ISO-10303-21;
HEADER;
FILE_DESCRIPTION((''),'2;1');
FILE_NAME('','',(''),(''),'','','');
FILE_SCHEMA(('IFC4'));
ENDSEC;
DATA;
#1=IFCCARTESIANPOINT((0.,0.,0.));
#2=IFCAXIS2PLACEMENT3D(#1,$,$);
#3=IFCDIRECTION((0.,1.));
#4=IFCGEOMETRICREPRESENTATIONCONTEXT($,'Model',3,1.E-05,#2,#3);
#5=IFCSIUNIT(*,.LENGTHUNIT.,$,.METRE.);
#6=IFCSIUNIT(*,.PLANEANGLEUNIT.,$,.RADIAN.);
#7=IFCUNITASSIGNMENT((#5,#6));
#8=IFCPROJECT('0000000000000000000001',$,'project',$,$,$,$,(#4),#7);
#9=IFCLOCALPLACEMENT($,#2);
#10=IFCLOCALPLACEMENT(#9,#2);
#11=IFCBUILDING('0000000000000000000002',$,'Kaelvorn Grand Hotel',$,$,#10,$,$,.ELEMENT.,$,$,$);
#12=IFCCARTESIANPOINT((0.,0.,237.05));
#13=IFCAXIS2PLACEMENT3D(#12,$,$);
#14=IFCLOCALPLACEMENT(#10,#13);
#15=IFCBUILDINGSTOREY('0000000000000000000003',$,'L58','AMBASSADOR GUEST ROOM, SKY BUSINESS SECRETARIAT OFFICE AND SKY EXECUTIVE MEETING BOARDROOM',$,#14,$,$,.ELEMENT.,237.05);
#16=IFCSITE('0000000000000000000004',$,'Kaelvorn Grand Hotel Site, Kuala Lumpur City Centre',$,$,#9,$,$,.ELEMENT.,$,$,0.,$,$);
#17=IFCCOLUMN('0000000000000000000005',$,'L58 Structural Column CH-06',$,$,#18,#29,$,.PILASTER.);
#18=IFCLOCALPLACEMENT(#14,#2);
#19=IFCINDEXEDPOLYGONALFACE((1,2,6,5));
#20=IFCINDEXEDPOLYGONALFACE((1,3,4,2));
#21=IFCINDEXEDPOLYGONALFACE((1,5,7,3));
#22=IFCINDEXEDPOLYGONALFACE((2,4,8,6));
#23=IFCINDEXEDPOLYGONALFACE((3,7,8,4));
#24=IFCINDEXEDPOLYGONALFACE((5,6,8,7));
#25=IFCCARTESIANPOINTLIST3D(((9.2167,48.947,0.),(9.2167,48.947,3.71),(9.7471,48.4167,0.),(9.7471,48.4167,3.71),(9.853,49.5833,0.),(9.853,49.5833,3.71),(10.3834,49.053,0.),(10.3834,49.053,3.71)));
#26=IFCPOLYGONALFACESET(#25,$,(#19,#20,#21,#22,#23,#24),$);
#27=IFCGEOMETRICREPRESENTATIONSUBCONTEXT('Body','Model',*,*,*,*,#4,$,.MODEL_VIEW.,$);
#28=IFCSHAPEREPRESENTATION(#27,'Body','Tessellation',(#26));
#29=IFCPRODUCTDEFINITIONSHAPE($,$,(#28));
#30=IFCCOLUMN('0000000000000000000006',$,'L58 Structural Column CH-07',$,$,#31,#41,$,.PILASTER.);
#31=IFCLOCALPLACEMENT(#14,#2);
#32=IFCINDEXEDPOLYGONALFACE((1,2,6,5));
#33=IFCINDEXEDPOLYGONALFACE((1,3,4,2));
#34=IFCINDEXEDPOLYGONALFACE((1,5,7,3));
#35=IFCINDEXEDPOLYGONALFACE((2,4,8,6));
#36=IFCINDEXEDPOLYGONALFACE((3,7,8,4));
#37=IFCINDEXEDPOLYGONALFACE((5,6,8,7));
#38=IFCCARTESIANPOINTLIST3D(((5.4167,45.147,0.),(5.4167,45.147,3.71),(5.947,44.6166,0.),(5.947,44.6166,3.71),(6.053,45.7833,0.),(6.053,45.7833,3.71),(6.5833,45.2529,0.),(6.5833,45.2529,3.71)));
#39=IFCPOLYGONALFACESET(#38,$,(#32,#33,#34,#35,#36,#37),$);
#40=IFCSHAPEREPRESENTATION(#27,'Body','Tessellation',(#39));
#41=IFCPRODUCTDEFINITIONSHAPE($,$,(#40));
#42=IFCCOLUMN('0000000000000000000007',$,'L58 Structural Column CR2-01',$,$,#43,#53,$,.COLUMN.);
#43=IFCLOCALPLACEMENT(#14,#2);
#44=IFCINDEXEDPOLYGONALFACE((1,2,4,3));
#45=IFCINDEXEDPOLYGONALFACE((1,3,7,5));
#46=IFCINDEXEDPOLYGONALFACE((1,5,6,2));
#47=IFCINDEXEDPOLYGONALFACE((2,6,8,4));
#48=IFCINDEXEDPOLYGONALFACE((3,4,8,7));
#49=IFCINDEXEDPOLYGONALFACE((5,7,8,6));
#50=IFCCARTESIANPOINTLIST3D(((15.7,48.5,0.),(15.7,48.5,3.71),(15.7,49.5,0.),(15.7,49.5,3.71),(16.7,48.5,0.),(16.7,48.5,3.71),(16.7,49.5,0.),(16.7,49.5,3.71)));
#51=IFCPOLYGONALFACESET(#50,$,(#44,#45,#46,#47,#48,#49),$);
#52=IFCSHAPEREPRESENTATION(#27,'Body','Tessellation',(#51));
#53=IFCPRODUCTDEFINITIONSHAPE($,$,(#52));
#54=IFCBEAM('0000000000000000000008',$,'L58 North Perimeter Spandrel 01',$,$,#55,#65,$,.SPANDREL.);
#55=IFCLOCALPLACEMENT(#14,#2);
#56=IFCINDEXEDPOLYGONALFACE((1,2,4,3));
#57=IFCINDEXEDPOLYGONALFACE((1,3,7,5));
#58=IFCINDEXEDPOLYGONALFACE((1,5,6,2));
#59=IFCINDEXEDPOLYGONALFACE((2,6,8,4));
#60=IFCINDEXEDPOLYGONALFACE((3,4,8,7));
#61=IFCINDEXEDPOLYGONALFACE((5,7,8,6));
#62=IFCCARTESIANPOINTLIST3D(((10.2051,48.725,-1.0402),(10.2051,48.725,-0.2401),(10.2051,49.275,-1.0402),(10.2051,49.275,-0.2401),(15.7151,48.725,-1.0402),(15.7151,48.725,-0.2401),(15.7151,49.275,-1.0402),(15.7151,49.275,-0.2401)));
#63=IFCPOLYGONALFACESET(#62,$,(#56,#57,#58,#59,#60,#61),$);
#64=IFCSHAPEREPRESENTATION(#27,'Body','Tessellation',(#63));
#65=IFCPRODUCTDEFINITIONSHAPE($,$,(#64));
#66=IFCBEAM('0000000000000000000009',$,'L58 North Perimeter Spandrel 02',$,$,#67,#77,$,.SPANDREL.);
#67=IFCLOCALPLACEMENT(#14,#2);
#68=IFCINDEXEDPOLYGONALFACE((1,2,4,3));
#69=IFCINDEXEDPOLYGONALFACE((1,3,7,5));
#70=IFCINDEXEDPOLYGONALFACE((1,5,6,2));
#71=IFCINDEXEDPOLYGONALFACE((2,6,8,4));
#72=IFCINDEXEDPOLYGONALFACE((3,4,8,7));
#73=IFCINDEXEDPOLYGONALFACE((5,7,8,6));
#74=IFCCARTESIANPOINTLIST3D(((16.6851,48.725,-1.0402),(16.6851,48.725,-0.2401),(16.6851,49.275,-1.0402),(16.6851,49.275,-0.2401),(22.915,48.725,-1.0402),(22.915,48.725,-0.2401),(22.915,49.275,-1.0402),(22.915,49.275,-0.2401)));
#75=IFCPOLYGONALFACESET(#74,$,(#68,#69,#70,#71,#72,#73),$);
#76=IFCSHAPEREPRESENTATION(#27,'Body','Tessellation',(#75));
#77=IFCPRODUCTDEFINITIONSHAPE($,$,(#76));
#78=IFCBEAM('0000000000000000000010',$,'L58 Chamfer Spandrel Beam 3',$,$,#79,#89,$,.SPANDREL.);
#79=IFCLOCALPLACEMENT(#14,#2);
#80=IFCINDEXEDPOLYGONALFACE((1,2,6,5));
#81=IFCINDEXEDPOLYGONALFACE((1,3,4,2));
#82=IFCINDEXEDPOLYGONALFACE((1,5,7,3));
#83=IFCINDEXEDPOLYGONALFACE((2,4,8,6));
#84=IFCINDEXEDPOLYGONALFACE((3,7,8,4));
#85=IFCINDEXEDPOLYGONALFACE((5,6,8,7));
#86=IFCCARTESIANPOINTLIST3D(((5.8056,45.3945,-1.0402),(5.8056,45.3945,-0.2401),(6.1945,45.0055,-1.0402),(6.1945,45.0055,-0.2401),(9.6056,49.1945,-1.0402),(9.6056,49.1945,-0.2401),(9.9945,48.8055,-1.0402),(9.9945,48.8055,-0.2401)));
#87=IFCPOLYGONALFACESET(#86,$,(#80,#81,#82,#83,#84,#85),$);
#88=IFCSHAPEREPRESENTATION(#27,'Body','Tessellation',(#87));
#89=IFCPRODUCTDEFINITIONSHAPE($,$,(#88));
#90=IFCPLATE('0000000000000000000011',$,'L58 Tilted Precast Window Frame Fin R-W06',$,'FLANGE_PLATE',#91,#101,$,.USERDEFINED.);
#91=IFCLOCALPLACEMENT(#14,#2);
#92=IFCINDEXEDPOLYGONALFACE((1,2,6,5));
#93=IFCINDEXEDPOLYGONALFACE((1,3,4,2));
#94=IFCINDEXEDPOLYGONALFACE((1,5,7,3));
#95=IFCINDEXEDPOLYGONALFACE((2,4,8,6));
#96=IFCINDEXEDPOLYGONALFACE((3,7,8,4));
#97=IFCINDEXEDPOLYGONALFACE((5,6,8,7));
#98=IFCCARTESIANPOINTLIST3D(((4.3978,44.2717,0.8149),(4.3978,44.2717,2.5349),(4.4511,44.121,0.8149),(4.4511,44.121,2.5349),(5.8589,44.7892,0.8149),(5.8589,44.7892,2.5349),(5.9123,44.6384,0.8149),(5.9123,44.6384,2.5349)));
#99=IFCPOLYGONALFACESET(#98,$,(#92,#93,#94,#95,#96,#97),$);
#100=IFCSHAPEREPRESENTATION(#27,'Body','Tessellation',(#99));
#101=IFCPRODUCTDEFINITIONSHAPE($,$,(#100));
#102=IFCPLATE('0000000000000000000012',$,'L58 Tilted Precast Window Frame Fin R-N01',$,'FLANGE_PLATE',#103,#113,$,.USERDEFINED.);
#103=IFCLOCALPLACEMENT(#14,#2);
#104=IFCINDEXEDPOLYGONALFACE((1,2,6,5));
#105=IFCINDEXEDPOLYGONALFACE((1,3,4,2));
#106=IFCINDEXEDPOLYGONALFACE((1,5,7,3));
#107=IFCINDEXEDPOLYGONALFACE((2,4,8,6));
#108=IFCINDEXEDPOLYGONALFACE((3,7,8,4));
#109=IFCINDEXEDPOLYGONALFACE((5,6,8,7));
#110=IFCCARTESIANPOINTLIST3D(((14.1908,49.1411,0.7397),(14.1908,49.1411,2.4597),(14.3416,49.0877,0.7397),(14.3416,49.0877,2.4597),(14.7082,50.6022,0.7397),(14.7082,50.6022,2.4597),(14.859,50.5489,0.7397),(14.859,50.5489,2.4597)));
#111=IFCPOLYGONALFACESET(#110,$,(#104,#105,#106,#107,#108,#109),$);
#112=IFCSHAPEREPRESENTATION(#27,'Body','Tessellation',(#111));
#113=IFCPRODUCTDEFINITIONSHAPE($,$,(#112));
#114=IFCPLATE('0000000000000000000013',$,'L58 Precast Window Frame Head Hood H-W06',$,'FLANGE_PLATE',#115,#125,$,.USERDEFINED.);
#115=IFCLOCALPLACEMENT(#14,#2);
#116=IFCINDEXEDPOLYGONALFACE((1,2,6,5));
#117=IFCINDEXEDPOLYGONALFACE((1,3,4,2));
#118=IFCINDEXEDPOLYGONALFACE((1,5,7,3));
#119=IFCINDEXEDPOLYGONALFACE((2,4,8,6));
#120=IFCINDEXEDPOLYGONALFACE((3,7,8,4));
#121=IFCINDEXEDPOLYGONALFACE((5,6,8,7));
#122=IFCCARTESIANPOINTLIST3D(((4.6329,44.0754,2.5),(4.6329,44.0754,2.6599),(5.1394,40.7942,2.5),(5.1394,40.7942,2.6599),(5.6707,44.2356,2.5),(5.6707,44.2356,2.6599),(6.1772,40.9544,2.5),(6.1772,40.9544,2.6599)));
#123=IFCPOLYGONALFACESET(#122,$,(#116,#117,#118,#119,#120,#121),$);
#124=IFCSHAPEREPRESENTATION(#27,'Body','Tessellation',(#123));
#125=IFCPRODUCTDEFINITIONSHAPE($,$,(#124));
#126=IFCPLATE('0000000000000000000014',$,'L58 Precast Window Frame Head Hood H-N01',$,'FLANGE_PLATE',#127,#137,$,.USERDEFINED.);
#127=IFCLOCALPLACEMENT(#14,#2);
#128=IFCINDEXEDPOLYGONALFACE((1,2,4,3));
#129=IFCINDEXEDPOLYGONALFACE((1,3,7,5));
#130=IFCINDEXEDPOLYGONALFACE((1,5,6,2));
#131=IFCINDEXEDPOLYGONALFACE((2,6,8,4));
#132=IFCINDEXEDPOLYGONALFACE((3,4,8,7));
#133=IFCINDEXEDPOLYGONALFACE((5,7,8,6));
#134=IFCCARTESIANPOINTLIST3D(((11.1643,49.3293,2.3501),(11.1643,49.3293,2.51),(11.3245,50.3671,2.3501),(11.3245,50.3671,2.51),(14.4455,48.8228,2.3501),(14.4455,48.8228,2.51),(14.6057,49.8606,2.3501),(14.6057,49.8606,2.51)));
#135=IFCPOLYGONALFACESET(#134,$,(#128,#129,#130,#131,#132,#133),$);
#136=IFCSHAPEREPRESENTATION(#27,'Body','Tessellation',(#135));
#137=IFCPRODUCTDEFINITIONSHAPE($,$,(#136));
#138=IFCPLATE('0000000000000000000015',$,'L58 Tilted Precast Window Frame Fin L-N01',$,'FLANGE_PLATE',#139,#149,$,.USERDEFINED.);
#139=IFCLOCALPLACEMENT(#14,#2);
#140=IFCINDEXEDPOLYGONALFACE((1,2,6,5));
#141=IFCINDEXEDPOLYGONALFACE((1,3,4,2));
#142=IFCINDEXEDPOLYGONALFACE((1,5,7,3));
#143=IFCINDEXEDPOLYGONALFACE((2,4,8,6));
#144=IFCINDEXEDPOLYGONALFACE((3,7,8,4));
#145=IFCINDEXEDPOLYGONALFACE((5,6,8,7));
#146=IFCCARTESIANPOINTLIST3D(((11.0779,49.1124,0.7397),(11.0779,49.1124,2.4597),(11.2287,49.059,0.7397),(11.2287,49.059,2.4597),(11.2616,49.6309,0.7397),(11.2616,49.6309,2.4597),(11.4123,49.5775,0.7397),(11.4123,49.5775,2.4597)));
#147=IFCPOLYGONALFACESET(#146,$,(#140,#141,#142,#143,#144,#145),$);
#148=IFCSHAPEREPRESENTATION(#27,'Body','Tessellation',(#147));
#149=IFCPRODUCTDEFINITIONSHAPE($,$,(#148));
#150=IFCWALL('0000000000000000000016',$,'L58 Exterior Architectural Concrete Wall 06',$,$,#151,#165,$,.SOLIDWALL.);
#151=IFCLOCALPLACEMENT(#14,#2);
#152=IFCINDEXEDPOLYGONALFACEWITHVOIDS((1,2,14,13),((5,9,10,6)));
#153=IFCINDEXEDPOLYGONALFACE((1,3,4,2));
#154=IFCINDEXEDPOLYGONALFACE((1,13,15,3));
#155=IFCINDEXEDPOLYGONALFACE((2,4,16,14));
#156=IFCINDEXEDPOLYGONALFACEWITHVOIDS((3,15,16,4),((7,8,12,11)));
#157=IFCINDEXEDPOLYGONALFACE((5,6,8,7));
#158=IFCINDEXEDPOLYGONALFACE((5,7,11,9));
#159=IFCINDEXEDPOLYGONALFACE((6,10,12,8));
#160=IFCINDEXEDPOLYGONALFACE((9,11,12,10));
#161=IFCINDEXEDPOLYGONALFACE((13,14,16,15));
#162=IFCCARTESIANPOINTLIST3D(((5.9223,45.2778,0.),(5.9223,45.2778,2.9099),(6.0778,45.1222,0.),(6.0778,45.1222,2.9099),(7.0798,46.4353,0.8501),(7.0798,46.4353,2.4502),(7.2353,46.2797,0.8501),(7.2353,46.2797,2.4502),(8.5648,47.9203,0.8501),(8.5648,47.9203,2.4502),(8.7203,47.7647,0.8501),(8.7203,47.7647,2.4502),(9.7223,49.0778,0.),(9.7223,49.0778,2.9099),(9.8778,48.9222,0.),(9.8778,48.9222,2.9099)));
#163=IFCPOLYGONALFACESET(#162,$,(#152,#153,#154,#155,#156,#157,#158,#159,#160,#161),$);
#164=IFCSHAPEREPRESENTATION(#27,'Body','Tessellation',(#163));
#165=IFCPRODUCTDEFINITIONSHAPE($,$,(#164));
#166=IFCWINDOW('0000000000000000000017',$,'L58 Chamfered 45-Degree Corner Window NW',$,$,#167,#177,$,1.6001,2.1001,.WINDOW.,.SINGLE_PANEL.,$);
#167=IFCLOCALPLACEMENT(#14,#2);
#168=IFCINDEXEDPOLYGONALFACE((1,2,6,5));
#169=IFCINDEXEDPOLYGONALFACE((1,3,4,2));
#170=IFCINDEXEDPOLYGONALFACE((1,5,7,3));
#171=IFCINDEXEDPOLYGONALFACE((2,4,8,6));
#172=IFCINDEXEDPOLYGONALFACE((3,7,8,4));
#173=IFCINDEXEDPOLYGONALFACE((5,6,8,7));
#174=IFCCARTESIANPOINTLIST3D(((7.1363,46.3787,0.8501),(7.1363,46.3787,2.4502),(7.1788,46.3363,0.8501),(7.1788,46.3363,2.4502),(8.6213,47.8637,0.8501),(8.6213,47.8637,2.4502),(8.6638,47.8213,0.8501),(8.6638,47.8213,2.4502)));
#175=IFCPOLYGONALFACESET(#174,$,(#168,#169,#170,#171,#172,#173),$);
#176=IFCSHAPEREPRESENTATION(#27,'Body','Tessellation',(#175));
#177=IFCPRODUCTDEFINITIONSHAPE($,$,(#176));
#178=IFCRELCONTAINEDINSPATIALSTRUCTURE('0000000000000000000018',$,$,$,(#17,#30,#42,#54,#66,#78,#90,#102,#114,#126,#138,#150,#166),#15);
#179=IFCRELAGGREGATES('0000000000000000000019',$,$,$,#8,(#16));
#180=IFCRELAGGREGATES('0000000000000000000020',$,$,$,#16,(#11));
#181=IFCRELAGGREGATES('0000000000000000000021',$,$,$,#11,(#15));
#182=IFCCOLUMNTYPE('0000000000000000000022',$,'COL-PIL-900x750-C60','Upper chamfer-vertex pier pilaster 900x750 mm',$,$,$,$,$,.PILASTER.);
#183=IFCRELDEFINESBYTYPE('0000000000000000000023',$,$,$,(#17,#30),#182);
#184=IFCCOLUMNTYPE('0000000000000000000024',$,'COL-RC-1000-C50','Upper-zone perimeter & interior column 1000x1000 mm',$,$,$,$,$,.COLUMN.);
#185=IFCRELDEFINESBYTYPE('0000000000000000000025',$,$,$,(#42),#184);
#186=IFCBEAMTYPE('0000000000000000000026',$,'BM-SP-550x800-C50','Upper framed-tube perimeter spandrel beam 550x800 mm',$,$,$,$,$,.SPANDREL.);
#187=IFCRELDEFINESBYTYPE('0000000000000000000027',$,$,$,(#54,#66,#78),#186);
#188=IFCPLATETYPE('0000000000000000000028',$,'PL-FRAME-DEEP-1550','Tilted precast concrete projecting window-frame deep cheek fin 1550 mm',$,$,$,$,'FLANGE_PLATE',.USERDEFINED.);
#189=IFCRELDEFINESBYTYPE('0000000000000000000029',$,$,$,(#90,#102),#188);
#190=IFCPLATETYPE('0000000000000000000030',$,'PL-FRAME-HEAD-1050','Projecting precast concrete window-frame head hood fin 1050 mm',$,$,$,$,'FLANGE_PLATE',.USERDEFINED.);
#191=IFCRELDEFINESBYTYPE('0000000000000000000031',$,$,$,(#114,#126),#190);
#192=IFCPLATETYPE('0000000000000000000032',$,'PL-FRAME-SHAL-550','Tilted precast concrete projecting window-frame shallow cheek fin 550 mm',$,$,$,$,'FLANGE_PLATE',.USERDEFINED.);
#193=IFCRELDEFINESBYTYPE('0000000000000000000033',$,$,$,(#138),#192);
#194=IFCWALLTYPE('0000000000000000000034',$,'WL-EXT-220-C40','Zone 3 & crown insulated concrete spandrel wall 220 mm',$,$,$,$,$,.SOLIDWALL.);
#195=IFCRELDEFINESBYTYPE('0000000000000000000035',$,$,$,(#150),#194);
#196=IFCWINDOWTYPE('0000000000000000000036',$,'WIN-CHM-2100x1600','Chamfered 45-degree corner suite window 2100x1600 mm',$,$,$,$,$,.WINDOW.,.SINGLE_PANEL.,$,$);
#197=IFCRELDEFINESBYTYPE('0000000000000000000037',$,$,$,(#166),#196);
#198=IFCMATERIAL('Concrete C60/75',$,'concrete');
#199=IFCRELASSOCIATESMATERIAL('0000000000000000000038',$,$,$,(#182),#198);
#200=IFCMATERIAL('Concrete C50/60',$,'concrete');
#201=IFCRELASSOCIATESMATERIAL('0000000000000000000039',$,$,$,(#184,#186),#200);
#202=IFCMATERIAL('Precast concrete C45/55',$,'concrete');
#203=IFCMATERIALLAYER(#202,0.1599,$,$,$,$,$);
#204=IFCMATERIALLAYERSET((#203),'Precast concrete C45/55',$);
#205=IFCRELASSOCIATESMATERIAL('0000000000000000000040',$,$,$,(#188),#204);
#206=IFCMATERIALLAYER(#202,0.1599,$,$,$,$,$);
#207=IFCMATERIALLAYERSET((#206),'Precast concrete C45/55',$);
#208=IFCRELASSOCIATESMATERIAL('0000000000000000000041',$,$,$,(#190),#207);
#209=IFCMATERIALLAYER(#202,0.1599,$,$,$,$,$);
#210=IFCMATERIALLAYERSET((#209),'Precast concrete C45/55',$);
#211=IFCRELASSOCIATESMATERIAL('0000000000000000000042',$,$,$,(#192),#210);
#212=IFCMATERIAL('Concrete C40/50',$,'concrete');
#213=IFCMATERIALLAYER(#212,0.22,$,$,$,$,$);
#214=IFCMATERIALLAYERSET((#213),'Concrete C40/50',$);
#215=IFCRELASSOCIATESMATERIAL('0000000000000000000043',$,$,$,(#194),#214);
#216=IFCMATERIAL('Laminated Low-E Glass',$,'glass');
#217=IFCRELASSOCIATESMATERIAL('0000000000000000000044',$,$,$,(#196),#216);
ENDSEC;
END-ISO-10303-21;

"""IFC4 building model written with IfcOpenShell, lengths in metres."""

from ifc_helpers import new_model, si_unit, direction, frame, frame_2d, origin, origin_2d, place, context, subcontext, project, spatial, rectangle, extrude, material, layer, layer_set, material_profile, profile_set, type_object, element, fill, save


model = new_model("IFC4")

# Units and contexts
model_context = context("Model", 3, precision=1e-05, world=origin(), true_north=direction((0.0, 1.0)))
body_context = subcontext(model_context, "Body", "Model", "MODEL_VIEW")
ifc_project = project(units=[si_unit("LENGTHUNIT", "METRE"), si_unit("PLANEANGLEUNIT", "RADIAN")], contexts=[model_context])

# Site, building, storey
site_placement = place(None, origin())
site = spatial("IfcSite", under=ifc_project, at=site_placement, Name="Kaelvorn Grand Hotel Site, Kuala Lumpur City Centre", CompositionType="ELEMENT", RefElevation=0.0)
building_placement = place(site_placement, origin())
building = spatial("IfcBuilding", under=site, at=building_placement, Name="Kaelvorn Grand Hotel", CompositionType="ELEMENT")
storey_placement = place(building_placement, frame((0.0, 0.0, 237.05)))
storey = spatial("IfcBuildingStorey", under=building, at=storey_placement, Name="L58", Description="AMBASSADOR GUEST ROOM, SKY BUSINESS SECRETARIAT OFFICE AND SKY EXECUTIVE MEETING BOARDROOM", CompositionType="ELEMENT", Elevation=237.05)

# Columns
ifc_material_1 = material(Name="Concrete C60/75", Category="concrete")
ifc_material_profile_1 = material_profile(ifc_material_1, rectangle(XDim=0.8999, YDim=0.75, at=origin_2d()), Name="RC PILASTER 900x750")
ifc_profile_set_1 = profile_set([ifc_material_profile_1], Name="Concrete C60/75")
column_type_1 = type_object("IfcColumnType", Name="COL-PIL-900x750-C60", Description="Upper chamfer-vertex pier pilaster 900x750 mm", PredefinedType="PILASTER", material=ifc_profile_set_1)
for number, where, z_axis, x_axis, name in (
    (1, (9.8, 49.0, 0.0), (0.0, 0.0, 1.0), (0.707107, 0.707107, 0.0), "L58 Structural Column CH-06"),
    (2, (6.0, 45.2, 0.0), (0.0, 0.0, 1.0), (0.707107, 0.707107, 0.0), "L58 Structural Column CH-07"),
):
    element("IfcColumn", number, at=place(storey_placement, frame(where, z_axis=z_axis, x_axis=x_axis)), inside=storey, type_object=column_type_1, Name=name, PredefinedType="PILASTER", context=body_context, shape_type="SweptSolid", body=[
        extrude(rectangle(XDim=0.8999, YDim=0.75, at=origin_2d()), origin(), (0.0, 0.0, 1.0), 3.71),
    ])
ifc_material_2 = material(Name="Concrete C50/60", Category="concrete")
ifc_material_profile_2 = material_profile(ifc_material_2, rectangle(XDim=1.0, YDim=1.0, at=origin_2d()), Name="RC COL 1000x1000")
ifc_profile_set_2 = profile_set([ifc_material_profile_2], Name="Concrete C50/60")
column_type_2 = type_object("IfcColumnType", Name="COL-RC-1000-C50", Description="Upper-zone perimeter & interior column 1000x1000 mm", PredefinedType="COLUMN", material=ifc_profile_set_2)
column_placement = place(storey_placement, frame((16.2, 49.0, 0.0), z_axis=(0.0, 0.0, 1.0), x_axis=(1.0, 0.0, 0.0)))
element("IfcColumn", 3, at=column_placement, inside=storey, type_object=column_type_2, Name="L58 Structural Column CR2-01", PredefinedType="COLUMN", context=body_context, shape_type="SweptSolid", body=[
    extrude(rectangle(XDim=1.0, YDim=1.0, at=origin_2d()), origin(), (0.0, 0.0, 1.0), 3.71),
])

# Beams
ifc_material_profile_3 = material_profile(ifc_material_2, rectangle(XDim=0.55, YDim=0.8, at=origin_2d()), Name="RC SPANDREL 550x800")
ifc_profile_set_3 = profile_set([ifc_material_profile_3], Name="Concrete C50/60")
beam_type = type_object("IfcBeamType", Name="BM-SP-550x800-C50", Description="Upper framed-tube perimeter spandrel beam 550x800 mm", PredefinedType="SPANDREL", material=ifc_profile_set_3)
beam_1_placement = place(storey_placement, frame((10.2051, 49.0, -0.6401), z_axis=(1.0, 0.0, 0.0), x_axis=(0.0, 1.0, 0.0)))
element("IfcBeam", 4, at=beam_1_placement, inside=storey, type_object=beam_type, Name="L58 North Perimeter Spandrel 01", PredefinedType="SPANDREL", context=body_context, shape_type="SweptSolid", body=[
    extrude(rectangle(XDim=0.55, YDim=0.8, at=origin_2d()), origin(), (0.0, 0.0, 1.0), 5.51),
])
beam_2_placement = place(storey_placement, frame((16.6851, 49.0, -0.6401), z_axis=(1.0, 0.0, 0.0), x_axis=(0.0, 1.0, 0.0)))
element("IfcBeam", 5, at=beam_2_placement, inside=storey, type_object=beam_type, Name="L58 North Perimeter Spandrel 02", PredefinedType="SPANDREL", context=body_context, shape_type="SweptSolid", body=[
    extrude(rectangle(XDim=0.55, YDim=0.8, at=origin_2d()), origin(), (0.0, 0.0, 1.0), 6.23),
])
beam_3_placement = place(storey_placement, frame((9.8, 49.0, -0.6401), z_axis=(-0.707107, -0.707107, 0.0), x_axis=(0.707107, -0.707107, 0.0)))
element("IfcBeam", 6, at=beam_3_placement, inside=storey, type_object=beam_type, Name="L58 Chamfer Spandrel Beam 3", PredefinedType="SPANDREL", context=body_context, shape_type="SweptSolid", body=[
    extrude(rectangle(XDim=0.55, YDim=0.8, at=origin_2d()), origin(), (0.0, 0.0, 1.0), 5.374),
])

# Plates
ifc_material_3 = material(Name="Precast concrete C45/55", Category="concrete")
ifc_layer_1 = layer(ifc_material_3, 0.1599)
ifc_layer_set_1 = layer_set([ifc_layer_1], Name="Precast concrete C45/55")
plate_type_1 = type_object("IfcPlateType", Name="PL-FRAME-DEEP-1550", Description="Tilted precast concrete projecting window-frame deep cheek fin 1550 mm", ElementType="FLANGE_PLATE", PredefinedType="USERDEFINED", material=ifc_layer_set_1)
for number, where, z_axis, x_axis, name in (
    (7, (5.155, 44.4551, 0.8149), (0.0, 0.0, 1.0), (-0.333807, 0.942641, 0.0), "L58 Tilted Precast Window Frame Fin R-W06"),
    (8, (14.5249, 49.845, 0.7397), (0.0, 0.0, 1.0), (0.942641, -0.333807, 0.0), "L58 Tilted Precast Window Frame Fin R-N01"),
):
    element("IfcPlate", number, at=place(storey_placement, frame(where, z_axis=z_axis, x_axis=x_axis)), inside=storey, type_object=plate_type_1, Name=name, ObjectType="FLANGE_PLATE", PredefinedType="USERDEFINED", context=body_context, shape_type="SweptSolid", body=[
        extrude(rectangle(XDim=0.1599, YDim=1.55, at=origin_2d()), origin(), (0.0, 0.0, 1.0), 1.72),
    ])
ifc_layer_2 = layer(ifc_material_3, 0.1599)
ifc_layer_set_2 = layer_set([ifc_layer_2], Name="Precast concrete C45/55")
plate_type_2 = type_object("IfcPlateType", Name="PL-FRAME-HEAD-1050", Description="Projecting precast concrete window-frame head hood fin 1050 mm", ElementType="FLANGE_PLATE", PredefinedType="USERDEFINED", material=ifc_layer_set_2)
for number, where, z_axis, x_axis, name in (
    (9, (5.405, 42.5149, 2.5), (0.0, 0.0, 1.0), (-0.152555, 0.988295, 0.0), "L58 Precast Window Frame Head Hood H-W06"),
    (10, (12.885, 49.595, 2.3501), (0.0, 0.0, 1.0), (0.988295, -0.152555, 0.0), "L58 Precast Window Frame Head Hood H-N01"),
):
    element("IfcPlate", number, at=place(storey_placement, frame(where, z_axis=z_axis, x_axis=x_axis)), inside=storey, type_object=plate_type_2, Name=name, ObjectType="FLANGE_PLATE", PredefinedType="USERDEFINED", context=body_context, shape_type="SweptSolid", body=[
        extrude(rectangle(XDim=3.3201, YDim=1.05, at=origin_2d()), origin(), (0.0, 0.0, 1.0), 0.1599),
    ])
ifc_layer_3 = layer(ifc_material_3, 0.1599)
ifc_layer_set_3 = layer_set([ifc_layer_3], Name="Precast concrete C45/55")
plate_type_3 = type_object("IfcPlateType", Name="PL-FRAME-SHAL-550", Description="Tilted precast concrete projecting window-frame shallow cheek fin 550 mm", ElementType="FLANGE_PLATE", PredefinedType="USERDEFINED", material=ifc_layer_set_3)
plate_placement = place(storey_placement, frame((11.2451, 49.345, 0.7397), z_axis=(0.0, 0.0, 1.0), x_axis=(0.942641, -0.333807, 0.0)))
element("IfcPlate", 11, at=plate_placement, inside=storey, type_object=plate_type_3, Name="L58 Tilted Precast Window Frame Fin L-N01", ObjectType="FLANGE_PLATE", PredefinedType="USERDEFINED", context=body_context, shape_type="SweptSolid", body=[
    extrude(rectangle(XDim=0.1599, YDim=0.55, at=origin_2d()), origin(), (0.0, 0.0, 1.0), 1.72),
])

# Wall, opening, window
ifc_material_4 = material(Name="Concrete C40/50", Category="concrete")
ifc_layer_4 = layer(ifc_material_4, 0.22)
ifc_layer_set_4 = layer_set([ifc_layer_4], Name="Concrete C40/50")
wall_type_1 = type_object("IfcWallType", Name="WL-EXT-220-C40", Description="Zone 3 & crown insulated concrete spandrel wall 220 mm", PredefinedType="SOLIDWALL", material=ifc_layer_set_4)
wall_1_placement = place(storey_placement, frame((9.8, 49.0, 0.0), z_axis=(0.0, 0.0, 1.0), x_axis=(-0.707107, -0.707107, 0.0)))
wall_1 = element("IfcWall", 12, at=wall_1_placement, inside=storey, type_object=wall_type_1, Name="L58 Exterior Architectural Concrete Wall 06", PredefinedType="SOLIDWALL", context=body_context, shape_type="SweptSolid", body=[
    extrude(rectangle(XDim=5.374, YDim=0.22, at=frame_2d((2.687, 0.0))), origin(), (0.0, 0.0, 1.0), 2.9099),
])
opening_1_placement = place(wall_1_placement, frame((1.637, 0.0, 0.8501)))
opening_1 = element("IfcOpeningElement", 13, at=opening_1_placement, cuts=wall_1, PredefinedType="OPENING", context=body_context, shape_type="SweptSolid", body=[
    extrude(rectangle(XDim=2.1001, YDim=1.6001, at=frame_2d((1.05, 0.8))), frame((0.0, 0.1201, 0.0), z_axis=(0.0, -1.0, 0.0), x_axis=(1.0, 0.0, 0.0)), (0.0, 0.0, 1.0), 0.24),
])
ifc_material_5 = material(Name="Laminated Low-E Glass", Category="glass")
window_type_1 = type_object("IfcWindowType", Name="WIN-CHM-2100x1600", Description="Chamfered 45-degree corner suite window 2100x1600 mm", PartitioningType="SINGLE_PANEL", PredefinedType="WINDOW", material=ifc_material_5)
window_1_placement = place(opening_1_placement, origin())
window_1 = element("IfcWindow", 14, at=window_1_placement, inside=storey, type_object=window_type_1, Name="L58 Chamfered 45-Degree Corner Window NW", OverallHeight=1.6001, OverallWidth=2.1001, PartitioningType="SINGLE_PANEL", PredefinedType="WINDOW", context=body_context, shape_type="SweptSolid", body=[
    extrude(rectangle(XDim=2.1001, YDim=1.6001, at=frame_2d((1.05, 0.8))), frame((0.0, 0.03, 0.0), z_axis=(0.0, -1.0, 0.0), x_axis=(1.0, 0.0, 0.0)), (0.0, 0.0, 1.0), 0.0601),
])
fill(opening_1, window_1)

save(model, "model.ifc")
